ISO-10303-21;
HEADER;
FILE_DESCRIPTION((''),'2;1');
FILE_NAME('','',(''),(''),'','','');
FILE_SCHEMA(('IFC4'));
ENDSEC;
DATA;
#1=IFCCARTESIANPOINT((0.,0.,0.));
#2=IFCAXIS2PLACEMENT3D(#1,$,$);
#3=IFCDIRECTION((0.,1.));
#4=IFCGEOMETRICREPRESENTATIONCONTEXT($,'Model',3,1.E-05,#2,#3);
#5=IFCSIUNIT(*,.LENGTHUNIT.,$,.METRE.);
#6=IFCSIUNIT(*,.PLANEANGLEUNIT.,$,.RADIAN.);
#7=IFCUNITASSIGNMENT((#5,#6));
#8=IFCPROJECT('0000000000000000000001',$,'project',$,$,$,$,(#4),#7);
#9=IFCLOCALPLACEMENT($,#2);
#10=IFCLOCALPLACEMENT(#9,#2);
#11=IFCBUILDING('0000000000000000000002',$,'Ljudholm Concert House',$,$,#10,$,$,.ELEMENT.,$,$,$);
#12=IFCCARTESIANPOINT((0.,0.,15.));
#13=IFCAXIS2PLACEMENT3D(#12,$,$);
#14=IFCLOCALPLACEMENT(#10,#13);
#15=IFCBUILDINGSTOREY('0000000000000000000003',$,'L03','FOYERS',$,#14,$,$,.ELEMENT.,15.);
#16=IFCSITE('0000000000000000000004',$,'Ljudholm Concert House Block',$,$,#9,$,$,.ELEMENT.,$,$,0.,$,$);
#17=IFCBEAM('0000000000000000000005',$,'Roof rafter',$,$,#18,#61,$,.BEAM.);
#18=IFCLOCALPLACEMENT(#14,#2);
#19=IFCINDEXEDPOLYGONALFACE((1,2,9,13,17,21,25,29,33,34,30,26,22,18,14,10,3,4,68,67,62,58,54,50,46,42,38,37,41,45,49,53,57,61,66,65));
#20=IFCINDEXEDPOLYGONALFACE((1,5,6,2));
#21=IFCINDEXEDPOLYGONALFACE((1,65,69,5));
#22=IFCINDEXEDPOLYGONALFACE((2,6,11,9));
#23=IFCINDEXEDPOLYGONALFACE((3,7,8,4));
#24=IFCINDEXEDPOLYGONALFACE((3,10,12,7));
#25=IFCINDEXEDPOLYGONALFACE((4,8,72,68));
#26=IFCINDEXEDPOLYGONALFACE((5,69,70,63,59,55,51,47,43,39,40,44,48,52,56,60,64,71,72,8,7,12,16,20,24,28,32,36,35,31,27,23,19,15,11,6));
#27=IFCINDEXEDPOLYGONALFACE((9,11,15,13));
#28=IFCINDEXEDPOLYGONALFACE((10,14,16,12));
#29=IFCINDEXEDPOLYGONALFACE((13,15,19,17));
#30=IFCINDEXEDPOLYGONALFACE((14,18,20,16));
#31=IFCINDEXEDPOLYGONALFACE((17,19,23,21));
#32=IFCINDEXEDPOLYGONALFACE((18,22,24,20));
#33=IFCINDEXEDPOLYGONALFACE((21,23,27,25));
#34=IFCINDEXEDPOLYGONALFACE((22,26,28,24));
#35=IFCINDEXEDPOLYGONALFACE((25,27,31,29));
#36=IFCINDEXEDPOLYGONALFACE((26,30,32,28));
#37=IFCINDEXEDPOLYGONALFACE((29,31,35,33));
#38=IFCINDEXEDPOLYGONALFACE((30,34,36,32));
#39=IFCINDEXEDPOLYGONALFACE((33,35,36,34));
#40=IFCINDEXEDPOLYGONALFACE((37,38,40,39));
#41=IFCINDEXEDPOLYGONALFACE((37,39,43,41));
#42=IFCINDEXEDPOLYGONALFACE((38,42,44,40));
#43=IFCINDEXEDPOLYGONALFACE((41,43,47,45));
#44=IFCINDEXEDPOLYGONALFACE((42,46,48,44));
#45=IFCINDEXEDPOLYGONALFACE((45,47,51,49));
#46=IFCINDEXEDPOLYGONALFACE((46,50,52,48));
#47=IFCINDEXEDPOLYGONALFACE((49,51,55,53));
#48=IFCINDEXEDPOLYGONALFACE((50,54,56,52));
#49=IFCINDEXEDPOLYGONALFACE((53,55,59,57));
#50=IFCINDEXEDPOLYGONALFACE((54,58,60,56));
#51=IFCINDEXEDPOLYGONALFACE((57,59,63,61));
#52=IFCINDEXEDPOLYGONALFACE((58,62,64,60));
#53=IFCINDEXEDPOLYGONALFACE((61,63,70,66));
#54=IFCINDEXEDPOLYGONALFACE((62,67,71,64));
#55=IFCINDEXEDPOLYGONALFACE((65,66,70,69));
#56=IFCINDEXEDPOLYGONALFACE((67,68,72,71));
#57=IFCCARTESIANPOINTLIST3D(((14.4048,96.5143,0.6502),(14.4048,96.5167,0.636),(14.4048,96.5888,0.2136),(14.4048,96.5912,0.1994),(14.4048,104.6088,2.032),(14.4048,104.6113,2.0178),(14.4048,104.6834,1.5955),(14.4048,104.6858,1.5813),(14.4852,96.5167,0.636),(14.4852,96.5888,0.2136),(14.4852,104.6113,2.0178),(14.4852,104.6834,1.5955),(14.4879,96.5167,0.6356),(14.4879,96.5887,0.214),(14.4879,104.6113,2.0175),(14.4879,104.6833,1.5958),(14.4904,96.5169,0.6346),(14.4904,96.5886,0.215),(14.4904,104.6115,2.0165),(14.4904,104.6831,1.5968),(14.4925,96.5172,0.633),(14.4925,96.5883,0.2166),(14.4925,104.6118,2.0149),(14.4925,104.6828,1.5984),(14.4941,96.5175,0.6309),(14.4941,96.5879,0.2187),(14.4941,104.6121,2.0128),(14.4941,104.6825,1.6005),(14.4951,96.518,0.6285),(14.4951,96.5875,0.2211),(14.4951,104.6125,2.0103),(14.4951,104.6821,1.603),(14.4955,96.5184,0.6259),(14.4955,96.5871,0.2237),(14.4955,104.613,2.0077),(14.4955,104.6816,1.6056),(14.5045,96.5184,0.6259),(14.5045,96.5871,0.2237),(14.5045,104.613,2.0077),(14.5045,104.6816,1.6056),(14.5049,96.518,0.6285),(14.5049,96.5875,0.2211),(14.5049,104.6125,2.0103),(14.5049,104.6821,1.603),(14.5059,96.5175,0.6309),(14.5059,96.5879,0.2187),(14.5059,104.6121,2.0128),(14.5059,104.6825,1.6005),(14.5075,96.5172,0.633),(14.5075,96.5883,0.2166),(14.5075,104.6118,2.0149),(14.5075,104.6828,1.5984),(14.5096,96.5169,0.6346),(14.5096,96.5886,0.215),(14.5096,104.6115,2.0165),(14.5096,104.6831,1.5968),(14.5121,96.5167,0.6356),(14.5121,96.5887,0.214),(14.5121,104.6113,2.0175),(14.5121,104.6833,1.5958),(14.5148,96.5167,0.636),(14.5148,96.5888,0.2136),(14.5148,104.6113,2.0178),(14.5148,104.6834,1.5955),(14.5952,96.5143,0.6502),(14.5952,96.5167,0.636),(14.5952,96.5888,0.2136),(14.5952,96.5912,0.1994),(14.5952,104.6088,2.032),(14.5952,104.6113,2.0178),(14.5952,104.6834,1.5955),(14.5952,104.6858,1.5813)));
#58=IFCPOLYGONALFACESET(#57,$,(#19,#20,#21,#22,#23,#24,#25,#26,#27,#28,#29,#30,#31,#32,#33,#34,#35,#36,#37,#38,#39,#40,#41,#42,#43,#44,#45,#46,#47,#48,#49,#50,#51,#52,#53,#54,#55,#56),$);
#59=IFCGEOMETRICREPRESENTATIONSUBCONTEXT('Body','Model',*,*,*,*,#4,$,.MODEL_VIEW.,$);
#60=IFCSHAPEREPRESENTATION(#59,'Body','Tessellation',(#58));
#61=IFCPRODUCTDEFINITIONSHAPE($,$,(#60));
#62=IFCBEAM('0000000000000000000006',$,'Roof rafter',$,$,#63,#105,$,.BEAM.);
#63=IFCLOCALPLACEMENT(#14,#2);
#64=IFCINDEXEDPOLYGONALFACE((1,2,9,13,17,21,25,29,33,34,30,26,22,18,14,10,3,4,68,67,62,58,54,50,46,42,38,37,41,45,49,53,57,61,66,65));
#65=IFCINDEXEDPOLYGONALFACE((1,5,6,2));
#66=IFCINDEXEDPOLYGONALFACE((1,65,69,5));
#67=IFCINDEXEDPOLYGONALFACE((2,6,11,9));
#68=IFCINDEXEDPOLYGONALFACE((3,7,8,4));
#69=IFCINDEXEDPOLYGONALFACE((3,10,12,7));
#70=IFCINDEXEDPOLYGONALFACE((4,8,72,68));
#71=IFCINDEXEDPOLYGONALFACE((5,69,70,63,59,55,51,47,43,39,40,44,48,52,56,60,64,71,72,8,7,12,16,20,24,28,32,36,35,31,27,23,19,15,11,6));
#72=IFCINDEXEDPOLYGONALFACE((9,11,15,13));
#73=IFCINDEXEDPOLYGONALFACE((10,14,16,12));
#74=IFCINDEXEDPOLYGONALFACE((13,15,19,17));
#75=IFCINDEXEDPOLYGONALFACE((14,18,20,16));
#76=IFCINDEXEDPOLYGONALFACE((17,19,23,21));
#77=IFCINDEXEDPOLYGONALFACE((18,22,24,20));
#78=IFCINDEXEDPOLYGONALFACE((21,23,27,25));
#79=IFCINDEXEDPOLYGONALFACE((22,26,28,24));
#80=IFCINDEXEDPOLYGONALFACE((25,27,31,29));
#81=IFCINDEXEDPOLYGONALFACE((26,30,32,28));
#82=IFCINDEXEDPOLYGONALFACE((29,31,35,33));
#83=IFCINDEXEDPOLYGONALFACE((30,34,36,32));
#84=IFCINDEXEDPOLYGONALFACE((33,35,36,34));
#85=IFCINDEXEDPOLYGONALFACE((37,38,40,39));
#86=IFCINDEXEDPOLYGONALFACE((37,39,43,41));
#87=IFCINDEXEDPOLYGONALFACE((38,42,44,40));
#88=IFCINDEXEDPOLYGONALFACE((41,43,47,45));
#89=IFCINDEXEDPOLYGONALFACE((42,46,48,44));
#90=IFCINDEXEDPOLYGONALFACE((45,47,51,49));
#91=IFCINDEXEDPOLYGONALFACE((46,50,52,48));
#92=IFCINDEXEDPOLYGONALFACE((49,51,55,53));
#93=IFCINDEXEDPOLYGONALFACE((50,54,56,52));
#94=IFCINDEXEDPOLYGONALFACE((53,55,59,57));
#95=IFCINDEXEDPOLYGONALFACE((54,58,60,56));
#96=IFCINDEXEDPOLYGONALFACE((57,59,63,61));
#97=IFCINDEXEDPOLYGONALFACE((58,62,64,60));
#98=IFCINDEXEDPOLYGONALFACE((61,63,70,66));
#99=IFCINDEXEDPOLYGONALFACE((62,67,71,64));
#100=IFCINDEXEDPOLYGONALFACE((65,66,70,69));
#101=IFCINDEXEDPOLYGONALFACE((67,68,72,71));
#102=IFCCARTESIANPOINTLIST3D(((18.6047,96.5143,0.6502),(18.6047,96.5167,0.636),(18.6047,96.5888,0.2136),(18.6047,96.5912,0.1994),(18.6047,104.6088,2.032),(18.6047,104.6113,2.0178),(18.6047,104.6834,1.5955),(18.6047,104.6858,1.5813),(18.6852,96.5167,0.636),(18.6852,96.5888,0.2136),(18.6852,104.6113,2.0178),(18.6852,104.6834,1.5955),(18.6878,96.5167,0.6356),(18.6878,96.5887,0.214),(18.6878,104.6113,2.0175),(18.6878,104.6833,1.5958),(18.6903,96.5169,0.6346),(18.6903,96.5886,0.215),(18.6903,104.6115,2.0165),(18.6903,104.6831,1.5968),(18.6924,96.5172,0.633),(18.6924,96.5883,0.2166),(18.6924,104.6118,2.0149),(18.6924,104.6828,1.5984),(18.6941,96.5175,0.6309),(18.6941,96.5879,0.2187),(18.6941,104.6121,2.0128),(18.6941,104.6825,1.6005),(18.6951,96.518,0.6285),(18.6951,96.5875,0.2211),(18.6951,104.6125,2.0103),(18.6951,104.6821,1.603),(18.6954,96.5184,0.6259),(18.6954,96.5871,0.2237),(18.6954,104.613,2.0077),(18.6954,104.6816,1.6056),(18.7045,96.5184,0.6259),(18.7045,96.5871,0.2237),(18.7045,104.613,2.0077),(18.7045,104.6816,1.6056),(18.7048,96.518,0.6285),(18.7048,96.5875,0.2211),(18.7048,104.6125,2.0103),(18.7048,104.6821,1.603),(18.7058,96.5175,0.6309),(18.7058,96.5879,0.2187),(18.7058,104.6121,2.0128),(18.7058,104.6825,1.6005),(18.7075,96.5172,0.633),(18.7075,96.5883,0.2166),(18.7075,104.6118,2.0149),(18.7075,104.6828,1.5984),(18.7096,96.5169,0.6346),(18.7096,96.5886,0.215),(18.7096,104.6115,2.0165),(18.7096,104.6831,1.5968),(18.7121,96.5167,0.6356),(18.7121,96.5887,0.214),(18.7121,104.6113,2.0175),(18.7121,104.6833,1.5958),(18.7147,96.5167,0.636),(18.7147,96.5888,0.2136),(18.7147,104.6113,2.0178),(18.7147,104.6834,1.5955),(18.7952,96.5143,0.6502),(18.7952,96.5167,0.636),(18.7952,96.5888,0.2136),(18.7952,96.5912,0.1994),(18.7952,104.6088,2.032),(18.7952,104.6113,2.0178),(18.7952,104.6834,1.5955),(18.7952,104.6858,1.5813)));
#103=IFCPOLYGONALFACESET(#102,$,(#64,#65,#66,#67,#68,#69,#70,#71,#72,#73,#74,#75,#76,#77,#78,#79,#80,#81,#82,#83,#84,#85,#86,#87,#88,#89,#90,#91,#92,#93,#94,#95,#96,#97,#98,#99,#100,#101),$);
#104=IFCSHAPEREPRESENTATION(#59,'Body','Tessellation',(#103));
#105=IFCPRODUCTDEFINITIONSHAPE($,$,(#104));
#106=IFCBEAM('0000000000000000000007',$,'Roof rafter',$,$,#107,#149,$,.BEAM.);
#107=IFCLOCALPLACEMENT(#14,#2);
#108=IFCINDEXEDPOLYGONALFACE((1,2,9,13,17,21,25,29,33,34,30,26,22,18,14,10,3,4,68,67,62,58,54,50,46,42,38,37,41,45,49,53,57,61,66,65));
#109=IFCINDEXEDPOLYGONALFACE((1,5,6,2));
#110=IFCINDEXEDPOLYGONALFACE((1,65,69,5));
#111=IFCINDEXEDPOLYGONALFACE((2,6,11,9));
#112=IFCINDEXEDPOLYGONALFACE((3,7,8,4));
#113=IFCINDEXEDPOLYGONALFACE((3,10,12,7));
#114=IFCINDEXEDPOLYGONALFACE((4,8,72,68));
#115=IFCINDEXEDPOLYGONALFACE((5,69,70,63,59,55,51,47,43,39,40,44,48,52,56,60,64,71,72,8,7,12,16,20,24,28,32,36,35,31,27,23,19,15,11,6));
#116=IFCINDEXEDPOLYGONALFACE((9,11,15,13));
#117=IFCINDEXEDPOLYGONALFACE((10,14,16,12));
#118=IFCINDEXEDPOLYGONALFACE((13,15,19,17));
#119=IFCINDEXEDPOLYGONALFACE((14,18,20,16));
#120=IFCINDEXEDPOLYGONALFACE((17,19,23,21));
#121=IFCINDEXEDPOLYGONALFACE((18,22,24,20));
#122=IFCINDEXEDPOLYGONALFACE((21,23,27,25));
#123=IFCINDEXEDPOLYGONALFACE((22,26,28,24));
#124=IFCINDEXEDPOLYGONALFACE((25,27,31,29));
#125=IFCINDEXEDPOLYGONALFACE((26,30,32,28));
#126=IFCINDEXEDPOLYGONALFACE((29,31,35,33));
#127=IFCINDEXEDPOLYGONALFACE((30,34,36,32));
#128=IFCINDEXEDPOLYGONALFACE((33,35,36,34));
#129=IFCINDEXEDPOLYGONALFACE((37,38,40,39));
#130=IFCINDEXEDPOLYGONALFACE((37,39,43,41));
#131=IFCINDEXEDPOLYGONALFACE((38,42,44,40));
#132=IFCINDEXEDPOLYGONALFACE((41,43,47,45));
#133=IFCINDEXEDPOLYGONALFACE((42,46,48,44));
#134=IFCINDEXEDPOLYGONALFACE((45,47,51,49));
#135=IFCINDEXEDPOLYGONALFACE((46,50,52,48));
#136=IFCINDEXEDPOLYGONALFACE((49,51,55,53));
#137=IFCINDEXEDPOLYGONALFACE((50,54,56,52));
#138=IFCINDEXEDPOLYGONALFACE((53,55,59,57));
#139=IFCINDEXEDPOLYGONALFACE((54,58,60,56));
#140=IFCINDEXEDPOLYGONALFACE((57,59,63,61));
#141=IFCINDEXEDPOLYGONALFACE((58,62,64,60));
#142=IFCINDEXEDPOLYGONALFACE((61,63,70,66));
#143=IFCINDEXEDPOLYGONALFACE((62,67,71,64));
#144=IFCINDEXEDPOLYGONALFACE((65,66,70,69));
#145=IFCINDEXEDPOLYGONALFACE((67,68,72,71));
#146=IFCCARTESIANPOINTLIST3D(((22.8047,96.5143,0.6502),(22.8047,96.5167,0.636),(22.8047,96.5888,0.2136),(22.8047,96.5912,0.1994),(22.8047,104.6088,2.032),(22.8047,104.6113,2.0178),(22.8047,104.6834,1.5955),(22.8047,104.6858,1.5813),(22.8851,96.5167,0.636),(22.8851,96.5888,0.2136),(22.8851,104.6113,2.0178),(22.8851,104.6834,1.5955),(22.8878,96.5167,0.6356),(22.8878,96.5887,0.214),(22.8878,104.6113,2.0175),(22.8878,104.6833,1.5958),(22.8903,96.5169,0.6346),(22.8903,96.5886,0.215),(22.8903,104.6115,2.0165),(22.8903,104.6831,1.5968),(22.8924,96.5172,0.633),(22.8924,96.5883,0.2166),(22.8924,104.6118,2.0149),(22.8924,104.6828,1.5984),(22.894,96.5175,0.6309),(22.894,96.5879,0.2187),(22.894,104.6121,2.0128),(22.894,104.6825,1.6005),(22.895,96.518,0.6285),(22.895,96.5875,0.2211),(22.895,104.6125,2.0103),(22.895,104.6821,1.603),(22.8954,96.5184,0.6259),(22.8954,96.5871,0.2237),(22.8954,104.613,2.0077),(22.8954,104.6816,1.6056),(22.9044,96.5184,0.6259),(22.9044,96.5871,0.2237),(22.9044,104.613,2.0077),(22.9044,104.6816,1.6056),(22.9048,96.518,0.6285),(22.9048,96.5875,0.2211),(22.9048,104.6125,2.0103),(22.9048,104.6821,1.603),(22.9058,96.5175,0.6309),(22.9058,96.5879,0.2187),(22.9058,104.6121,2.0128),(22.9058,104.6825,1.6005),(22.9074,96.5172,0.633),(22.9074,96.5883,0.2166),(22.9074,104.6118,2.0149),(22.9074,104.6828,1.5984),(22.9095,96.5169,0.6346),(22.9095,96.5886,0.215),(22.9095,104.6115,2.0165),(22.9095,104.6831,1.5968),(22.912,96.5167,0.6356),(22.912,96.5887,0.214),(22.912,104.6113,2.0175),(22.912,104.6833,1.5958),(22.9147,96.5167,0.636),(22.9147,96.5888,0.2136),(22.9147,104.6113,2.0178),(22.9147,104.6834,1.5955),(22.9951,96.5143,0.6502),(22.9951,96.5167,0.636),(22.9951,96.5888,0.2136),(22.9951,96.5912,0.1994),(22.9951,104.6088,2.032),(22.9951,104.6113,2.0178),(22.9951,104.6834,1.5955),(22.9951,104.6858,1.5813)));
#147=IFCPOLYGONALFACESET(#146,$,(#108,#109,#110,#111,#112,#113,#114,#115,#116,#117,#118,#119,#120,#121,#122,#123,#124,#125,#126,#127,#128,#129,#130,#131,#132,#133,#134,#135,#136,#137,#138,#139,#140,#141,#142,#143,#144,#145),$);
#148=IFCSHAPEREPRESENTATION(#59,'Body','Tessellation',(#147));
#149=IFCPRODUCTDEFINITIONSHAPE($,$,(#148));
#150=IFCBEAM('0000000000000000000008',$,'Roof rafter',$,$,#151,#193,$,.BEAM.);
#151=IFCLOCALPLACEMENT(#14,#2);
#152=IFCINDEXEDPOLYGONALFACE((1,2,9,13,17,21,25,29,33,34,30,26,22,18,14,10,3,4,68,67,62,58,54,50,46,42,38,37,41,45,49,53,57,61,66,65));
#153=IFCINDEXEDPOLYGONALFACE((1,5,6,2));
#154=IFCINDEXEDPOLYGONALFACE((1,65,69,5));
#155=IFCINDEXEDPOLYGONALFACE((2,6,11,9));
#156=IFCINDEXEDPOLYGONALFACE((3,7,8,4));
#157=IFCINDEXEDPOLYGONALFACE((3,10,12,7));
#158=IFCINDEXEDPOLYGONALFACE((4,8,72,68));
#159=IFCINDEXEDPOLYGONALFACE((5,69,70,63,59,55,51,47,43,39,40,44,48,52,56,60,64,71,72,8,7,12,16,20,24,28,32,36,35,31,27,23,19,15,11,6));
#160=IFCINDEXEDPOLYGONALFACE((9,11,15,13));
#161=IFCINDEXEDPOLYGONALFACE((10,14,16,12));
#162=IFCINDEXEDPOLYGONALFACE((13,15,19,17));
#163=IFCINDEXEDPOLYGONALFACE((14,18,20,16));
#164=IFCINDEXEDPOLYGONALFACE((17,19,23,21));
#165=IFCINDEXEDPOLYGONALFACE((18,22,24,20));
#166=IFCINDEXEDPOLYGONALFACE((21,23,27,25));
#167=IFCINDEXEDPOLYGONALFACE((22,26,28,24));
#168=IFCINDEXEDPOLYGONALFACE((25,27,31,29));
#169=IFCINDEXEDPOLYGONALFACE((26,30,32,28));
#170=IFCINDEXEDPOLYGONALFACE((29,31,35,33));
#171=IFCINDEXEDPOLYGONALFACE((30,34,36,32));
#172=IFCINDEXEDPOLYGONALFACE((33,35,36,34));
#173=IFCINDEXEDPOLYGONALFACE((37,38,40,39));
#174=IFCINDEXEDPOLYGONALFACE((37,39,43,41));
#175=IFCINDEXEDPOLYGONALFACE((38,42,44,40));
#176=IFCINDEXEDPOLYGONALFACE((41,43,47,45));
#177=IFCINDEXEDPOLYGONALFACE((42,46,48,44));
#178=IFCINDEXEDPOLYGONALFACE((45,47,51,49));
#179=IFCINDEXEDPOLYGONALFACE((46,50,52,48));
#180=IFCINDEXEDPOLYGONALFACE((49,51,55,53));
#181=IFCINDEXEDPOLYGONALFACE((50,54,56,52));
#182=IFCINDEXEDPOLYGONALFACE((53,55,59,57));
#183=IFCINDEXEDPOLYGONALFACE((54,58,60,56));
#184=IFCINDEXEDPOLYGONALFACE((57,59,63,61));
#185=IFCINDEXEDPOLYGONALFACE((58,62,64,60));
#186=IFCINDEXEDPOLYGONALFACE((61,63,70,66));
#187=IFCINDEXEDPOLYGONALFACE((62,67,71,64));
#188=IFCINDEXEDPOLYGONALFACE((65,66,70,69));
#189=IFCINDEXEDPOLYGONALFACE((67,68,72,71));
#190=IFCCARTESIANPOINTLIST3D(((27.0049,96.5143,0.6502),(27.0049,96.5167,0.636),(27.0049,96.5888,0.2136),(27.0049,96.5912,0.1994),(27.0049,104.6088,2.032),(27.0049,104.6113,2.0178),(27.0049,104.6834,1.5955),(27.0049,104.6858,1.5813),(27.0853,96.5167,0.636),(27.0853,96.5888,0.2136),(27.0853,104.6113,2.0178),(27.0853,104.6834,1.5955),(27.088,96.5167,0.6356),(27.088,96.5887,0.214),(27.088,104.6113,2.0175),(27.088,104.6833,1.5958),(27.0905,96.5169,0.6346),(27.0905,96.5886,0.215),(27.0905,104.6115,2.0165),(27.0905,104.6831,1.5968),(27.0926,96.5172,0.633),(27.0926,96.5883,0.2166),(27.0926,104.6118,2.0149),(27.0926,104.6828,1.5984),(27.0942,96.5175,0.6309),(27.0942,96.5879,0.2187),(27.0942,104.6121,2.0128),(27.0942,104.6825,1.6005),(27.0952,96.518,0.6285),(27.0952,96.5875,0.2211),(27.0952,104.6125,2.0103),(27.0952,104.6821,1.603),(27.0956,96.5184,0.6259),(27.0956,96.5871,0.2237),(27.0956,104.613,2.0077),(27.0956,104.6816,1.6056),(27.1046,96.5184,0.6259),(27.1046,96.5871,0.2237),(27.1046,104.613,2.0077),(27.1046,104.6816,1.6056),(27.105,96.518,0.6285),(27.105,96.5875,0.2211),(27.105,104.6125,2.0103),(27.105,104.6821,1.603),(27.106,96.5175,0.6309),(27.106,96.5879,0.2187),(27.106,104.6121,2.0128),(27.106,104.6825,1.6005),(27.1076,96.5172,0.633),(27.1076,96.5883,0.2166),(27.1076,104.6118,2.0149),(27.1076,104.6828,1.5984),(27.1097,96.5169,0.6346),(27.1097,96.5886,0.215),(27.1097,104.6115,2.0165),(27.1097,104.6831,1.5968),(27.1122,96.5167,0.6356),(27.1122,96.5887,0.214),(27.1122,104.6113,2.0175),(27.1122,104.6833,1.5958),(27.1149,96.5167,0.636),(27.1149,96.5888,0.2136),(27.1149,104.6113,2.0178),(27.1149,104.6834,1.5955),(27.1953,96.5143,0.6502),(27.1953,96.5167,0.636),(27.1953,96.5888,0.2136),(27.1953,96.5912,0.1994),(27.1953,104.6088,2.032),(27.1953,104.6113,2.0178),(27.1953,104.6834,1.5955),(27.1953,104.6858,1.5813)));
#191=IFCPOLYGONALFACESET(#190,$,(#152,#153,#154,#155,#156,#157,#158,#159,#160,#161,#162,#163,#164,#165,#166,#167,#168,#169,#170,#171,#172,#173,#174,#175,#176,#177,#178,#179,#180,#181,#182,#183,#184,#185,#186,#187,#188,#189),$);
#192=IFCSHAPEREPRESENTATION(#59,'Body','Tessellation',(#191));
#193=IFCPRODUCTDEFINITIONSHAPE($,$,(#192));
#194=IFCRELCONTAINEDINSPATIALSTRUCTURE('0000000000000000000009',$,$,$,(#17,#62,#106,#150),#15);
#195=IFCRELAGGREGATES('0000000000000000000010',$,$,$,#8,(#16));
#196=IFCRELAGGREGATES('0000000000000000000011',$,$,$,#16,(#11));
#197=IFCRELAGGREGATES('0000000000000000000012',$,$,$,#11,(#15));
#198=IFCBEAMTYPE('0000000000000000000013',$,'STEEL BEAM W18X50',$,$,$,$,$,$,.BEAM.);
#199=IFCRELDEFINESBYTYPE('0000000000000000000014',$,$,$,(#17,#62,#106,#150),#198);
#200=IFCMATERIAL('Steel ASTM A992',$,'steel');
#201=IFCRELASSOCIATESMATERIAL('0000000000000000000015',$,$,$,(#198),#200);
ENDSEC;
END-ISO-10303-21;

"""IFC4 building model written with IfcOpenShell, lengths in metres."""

from ifc_helpers import new_model, si_unit, direction, frame, origin, origin_2d, place, context, subcontext, project, spatial, i_section, extrude, material, material_profile, profile_set, type_object, element, save


model = new_model("IFC4")

# Units and contexts
model_context = context("Model", 3, precision=1e-05, world=origin(), true_north=direction((0.0, 1.0)))
body_context = subcontext(model_context, "Body", "Model", "MODEL_VIEW")
ifc_project = project(units=[si_unit("LENGTHUNIT", "METRE"), si_unit("PLANEANGLEUNIT", "RADIAN")], contexts=[model_context])

# Site, building, storey
site_placement = place(None, origin())
site = spatial("IfcSite", under=ifc_project, at=site_placement, Name="Ljudholm Concert House Block", CompositionType="ELEMENT", RefElevation=0.0)
building_placement = place(site_placement, origin())
building = spatial("IfcBuilding", under=site, at=building_placement, Name="Ljudholm Concert House", CompositionType="ELEMENT")
storey_placement = place(building_placement, frame((0.0, 0.0, 15.0)))
storey = spatial("IfcBuildingStorey", under=building, at=storey_placement, Name="L03", Description="FOYERS", CompositionType="ELEMENT", Elevation=15.0)

# Beams
ifc_material_1 = material(Name="Steel ASTM A992", Category="steel")
ifc_material_profile_1 = material_profile(ifc_material_1, i_section(OverallWidth=0.1904, OverallDepth=0.4573, WebThickness=0.009, FlangeThickness=0.0144, FilletRadius=0.0103, at=origin_2d()), Name="W18X50")
ifc_profile_set_1 = profile_set([ifc_material_profile_1], Name="Steel ASTM A992")
beam_type_1 = type_object("IfcBeamType", Name="STEEL BEAM W18X50", PredefinedType="BEAM", material=ifc_profile_set_1)
for number, where, z_axis, x_axis, name in (
    (1, (14.5, 96.5527, 0.4248), (0.0, 0.985739, 0.168279), (-1.0, 0.0, 0.0), "Roof rafter"),
    (2, (18.7, 96.5527, 0.4248), (0.0, 0.985739, 0.168279), (-1.0, 0.0, 0.0), "Roof rafter"),
    (3, (22.8999, 96.5527, 0.4248), (0.0, 0.985739, 0.168279), (-1.0, 0.0, 0.0), "Roof rafter"),
    (4, (27.1001, 96.5527, 0.4248), (0.0, 0.985739, 0.168279), (-1.0, 0.0, 0.0), "Roof rafter"),
):
    element("IfcBeam", number, at=place(storey_placement, frame(where, z_axis=z_axis, x_axis=x_axis)), inside=storey, type_object=beam_type_1, Name=name, PredefinedType="BEAM", context=body_context, shape_type="SweptSolid", body=[
        extrude(i_section(OverallWidth=0.1904, OverallDepth=0.4573, WebThickness=0.009, FlangeThickness=0.0144, FilletRadius=0.0103, at=origin_2d()), origin(), (0.0, 0.0, 1.0), 8.2117),
    ])

save(model, "model.ifc")
